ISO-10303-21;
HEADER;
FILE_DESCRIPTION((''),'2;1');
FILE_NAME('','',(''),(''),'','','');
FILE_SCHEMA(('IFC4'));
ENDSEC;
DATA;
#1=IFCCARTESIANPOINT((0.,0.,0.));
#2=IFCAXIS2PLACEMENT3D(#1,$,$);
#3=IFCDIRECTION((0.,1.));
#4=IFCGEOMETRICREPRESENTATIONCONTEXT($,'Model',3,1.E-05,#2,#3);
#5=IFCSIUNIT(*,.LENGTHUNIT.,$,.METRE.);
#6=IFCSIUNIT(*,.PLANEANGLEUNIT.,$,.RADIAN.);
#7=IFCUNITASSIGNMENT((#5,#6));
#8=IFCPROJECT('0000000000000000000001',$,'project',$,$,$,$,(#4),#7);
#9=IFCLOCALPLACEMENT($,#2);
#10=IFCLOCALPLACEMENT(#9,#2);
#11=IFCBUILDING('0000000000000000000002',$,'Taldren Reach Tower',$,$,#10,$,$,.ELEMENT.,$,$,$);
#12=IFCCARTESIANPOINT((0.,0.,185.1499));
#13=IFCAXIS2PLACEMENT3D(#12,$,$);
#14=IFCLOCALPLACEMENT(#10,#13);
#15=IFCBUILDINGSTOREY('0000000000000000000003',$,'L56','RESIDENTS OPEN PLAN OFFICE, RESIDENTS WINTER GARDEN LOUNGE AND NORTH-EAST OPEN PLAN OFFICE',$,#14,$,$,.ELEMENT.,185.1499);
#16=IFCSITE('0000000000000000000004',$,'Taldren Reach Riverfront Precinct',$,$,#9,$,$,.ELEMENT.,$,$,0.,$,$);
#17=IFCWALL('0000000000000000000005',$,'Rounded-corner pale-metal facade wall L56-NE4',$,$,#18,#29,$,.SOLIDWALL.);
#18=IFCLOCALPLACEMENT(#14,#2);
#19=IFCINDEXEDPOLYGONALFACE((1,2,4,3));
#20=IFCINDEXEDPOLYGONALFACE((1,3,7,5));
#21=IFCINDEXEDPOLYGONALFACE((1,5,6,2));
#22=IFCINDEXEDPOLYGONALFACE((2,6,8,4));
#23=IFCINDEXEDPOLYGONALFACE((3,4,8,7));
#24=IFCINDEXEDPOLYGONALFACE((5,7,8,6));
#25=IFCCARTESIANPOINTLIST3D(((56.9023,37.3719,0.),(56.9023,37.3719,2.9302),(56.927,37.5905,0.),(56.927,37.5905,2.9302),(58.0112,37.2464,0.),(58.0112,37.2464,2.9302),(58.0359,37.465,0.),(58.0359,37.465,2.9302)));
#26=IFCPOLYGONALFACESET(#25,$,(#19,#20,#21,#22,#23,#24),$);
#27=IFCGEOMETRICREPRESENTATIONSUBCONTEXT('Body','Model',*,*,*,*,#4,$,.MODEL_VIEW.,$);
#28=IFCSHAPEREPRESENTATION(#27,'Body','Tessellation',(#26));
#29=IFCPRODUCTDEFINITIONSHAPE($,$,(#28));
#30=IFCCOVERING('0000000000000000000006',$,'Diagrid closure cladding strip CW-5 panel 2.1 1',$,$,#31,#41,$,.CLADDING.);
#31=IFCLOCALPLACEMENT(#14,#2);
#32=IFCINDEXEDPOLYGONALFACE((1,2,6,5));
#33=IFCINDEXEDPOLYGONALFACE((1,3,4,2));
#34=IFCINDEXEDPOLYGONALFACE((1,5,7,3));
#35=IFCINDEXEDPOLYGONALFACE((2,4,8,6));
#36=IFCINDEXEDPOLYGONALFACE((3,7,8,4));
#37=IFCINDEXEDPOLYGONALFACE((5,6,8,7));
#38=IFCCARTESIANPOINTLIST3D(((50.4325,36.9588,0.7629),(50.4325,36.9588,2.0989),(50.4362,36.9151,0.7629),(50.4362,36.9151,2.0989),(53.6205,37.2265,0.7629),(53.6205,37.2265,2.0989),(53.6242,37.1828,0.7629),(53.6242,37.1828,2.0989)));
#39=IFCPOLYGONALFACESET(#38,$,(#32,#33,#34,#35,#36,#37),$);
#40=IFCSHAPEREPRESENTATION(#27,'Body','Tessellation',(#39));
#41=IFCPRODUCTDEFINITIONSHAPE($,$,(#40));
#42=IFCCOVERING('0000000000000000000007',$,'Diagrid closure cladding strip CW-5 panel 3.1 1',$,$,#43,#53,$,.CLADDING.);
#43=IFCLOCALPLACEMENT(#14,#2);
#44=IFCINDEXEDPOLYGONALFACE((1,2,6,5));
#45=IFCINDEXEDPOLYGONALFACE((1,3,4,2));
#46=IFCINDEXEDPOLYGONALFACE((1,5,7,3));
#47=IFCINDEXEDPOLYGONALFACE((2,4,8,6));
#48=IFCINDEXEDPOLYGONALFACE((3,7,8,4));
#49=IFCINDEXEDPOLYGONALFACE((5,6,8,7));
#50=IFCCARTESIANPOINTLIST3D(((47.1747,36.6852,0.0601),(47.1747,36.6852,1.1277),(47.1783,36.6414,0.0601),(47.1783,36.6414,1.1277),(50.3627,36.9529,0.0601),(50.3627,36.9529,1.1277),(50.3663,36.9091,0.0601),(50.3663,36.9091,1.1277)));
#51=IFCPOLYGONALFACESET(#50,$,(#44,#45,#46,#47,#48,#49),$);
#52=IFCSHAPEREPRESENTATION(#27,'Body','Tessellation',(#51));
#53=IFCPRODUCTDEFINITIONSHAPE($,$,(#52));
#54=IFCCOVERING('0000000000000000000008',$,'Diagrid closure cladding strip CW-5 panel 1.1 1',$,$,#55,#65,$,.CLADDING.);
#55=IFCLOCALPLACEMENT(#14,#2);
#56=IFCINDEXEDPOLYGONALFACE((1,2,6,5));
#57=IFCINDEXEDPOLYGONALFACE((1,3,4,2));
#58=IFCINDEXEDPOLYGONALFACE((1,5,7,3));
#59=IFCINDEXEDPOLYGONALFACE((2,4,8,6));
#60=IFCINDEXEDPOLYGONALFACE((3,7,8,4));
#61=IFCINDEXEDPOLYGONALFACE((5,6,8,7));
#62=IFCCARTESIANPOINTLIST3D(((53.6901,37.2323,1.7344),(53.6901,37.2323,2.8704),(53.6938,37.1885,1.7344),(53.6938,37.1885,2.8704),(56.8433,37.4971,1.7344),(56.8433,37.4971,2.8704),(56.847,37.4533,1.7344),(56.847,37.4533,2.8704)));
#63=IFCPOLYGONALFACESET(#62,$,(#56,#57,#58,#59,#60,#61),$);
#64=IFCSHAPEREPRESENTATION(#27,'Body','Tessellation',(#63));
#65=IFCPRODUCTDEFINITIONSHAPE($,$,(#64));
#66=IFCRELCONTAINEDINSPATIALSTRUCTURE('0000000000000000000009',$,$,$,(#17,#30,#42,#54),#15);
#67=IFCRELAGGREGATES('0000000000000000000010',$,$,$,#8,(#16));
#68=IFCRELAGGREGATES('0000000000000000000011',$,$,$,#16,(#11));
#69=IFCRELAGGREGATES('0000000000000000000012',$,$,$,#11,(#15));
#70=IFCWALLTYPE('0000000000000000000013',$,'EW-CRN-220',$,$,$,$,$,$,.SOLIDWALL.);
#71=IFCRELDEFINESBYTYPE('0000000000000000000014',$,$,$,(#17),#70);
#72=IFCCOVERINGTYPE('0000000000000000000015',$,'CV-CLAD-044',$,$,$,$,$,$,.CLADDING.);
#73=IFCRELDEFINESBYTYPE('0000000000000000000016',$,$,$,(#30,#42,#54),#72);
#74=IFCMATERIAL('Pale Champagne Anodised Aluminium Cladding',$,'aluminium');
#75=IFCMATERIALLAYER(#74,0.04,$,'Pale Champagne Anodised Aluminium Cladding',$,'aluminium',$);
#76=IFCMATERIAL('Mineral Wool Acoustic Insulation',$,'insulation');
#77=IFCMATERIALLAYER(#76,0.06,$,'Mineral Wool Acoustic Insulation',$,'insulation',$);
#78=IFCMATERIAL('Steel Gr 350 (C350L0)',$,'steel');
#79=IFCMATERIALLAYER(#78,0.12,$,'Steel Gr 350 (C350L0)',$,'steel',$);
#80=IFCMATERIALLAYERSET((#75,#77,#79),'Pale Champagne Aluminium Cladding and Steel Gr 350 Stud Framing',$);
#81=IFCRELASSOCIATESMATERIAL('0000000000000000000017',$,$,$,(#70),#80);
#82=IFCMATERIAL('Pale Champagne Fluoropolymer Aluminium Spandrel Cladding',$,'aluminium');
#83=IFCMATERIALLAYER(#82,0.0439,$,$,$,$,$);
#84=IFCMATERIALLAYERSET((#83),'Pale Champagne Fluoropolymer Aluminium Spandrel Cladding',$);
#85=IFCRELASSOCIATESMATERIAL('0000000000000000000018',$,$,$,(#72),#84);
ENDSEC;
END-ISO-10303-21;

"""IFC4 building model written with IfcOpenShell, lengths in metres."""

from ifc_helpers import new_model, si_unit, direction, frame, frame_2d, origin, origin_2d, place, context, subcontext, project, spatial, rectangle, extrude, source, transform, mapped, material, layer, layer_set, type_object, element, save


model = new_model("IFC4")

# Units and contexts
model_context = context("Model", 3, precision=1e-05, world=origin(), true_north=direction((0.0, 1.0)))
body_context = subcontext(model_context, "Body", "Model", "MODEL_VIEW")
ifc_project = project(units=[si_unit("LENGTHUNIT", "METRE"), si_unit("PLANEANGLEUNIT", "RADIAN")], contexts=[model_context])

# Site, building, storey
site_placement = place(None, origin())
site = spatial("IfcSite", under=ifc_project, at=site_placement, Name="Taldren Reach Riverfront Precinct", CompositionType="ELEMENT", RefElevation=0.0)
building_placement = place(site_placement, origin())
building = spatial("IfcBuilding", under=site, at=building_placement, Name="Taldren Reach Tower", CompositionType="ELEMENT")
storey_placement = place(building_placement, frame((0.0, 0.0, 185.1499)))
storey = spatial("IfcBuildingStorey", under=building, at=storey_placement, Name="L56", Description="RESIDENTS OPEN PLAN OFFICE, RESIDENTS WINTER GARDEN LOUNGE AND NORTH-EAST OPEN PLAN OFFICE", CompositionType="ELEMENT", Elevation=185.1499)

# Shared definitions
ifc_material_1 = material(Name="Steel Gr 350 (C350L0)", Category="steel")

# Wall
ifc_material_2 = material(Name="Pale Champagne Anodised Aluminium Cladding", Category="aluminium")
ifc_layer_1 = layer(ifc_material_2, 0.04, Name="Pale Champagne Anodised Aluminium Cladding", Category="aluminium")
ifc_material_3 = material(Name="Mineral Wool Acoustic Insulation", Category="insulation")
ifc_layer_2 = layer(ifc_material_3, 0.06, Name="Mineral Wool Acoustic Insulation", Category="insulation")
ifc_layer_3 = layer(ifc_material_1, 0.12, Name="Steel Gr 350 (C350L0)", Category="steel")
ifc_layer_set_1 = layer_set([ifc_layer_1, ifc_layer_2, ifc_layer_3], Name="Pale Champagne Aluminium Cladding and Steel Gr 350 Stud Framing")
wall_type = type_object("IfcWallType", Name="EW-CRN-220", PredefinedType="SOLIDWALL", material=ifc_layer_set_1)
shared_shape_1 = source(origin(), body_context, "Body", "SweptSolid", [
    extrude(rectangle(XDim=1.116, YDim=0.22, at=frame_2d((0.5581, 0.0))), origin(), (0.0, 0.0, 1.0), 2.9302),
])
for number, where, z_axis, x_axis, name in (
    (1, (58.0237, 37.3557, 0.0), (0.0, 0.0, 1.0), (-0.993658, 0.112448, 0.0), "Rounded-corner pale-metal facade wall L56-NE4"),
):
    element("IfcWall", number, at=place(storey_placement, frame(where, z_axis=z_axis, x_axis=x_axis)), inside=storey, type_object=wall_type, Name=name, PredefinedType="SOLIDWALL", context=body_context, shape_type="MappedRepresentation", body=[
        mapped(shared_shape_1, transform((0.0, 0.0, 0.0), scale=1.0)),
    ])

# Coverings
ifc_material_4 = material(Name="Pale Champagne Fluoropolymer Aluminium Spandrel Cladding", Category="aluminium")
ifc_layer_4 = layer(ifc_material_4, 0.0439)
ifc_layer_set_2 = layer_set([ifc_layer_4], Name="Pale Champagne Fluoropolymer Aluminium Spandrel Cladding")
covering_type = type_object("IfcCoveringType", Name="CV-CLAD-044", PredefinedType="CLADDING", material=ifc_layer_set_2)
shared_shape_2 = source(origin(), body_context, "Body", "SweptSolid", [
    extrude(rectangle(XDim=3.1992, YDim=0.0439, at=origin_2d()), origin(), (0.0, 0.0, 1.0), 1.3359),
])
covering_1_placement = place(storey_placement, frame((52.0283, 37.0708, 0.7629), z_axis=(0.0, 0.0, 1.0), x_axis=(-0.996493, -0.083678, 0.0)))
element("IfcCovering", 2, at=covering_1_placement, inside=storey, type_object=covering_type, Name="Diagrid closure cladding strip CW-5 panel 2.1 1", PredefinedType="CLADDING", context=body_context, shape_type="MappedRepresentation", body=[
    mapped(shared_shape_2, transform((0.0, 0.0, 0.0), scale=1.0)),
])
shared_shape_3 = source(origin(), body_context, "Body", "SweptSolid", [
    extrude(rectangle(XDim=3.1992, YDim=0.0439, at=origin_2d()), origin(), (0.0, 0.0, 1.0), 1.0676),
])
covering_2_placement = place(storey_placement, frame((48.7705, 36.7971, 0.0601), z_axis=(0.0, 0.0, 1.0), x_axis=(-0.996493, -0.083678, 0.0)))
element("IfcCovering", 3, at=covering_2_placement, inside=storey, type_object=covering_type, Name="Diagrid closure cladding strip CW-5 panel 3.1 1", PredefinedType="CLADDING", context=body_context, shape_type="MappedRepresentation", body=[
    mapped(shared_shape_3, transform((0.0, 0.0, 0.0), scale=1.0)),
])
shared_shape_4 = source(origin(), body_context, "Body", "SweptSolid", [
    extrude(rectangle(XDim=3.1643, YDim=0.0439, at=origin_2d()), origin(), (0.0, 0.0, 1.0), 1.136),
])
covering_3_placement = place(storey_placement, frame((55.2686, 37.3428, 1.7344), z_axis=(0.0, 0.0, 1.0), x_axis=(-0.996493, -0.083678, 0.0)))
element("IfcCovering", 4, at=covering_3_placement, inside=storey, type_object=covering_type, Name="Diagrid closure cladding strip CW-5 panel 1.1 1", PredefinedType="CLADDING", context=body_context, shape_type="MappedRepresentation", body=[
    mapped(shared_shape_4, transform((0.0, 0.0, 0.0), scale=1.0)),
])

save(model, "model.ifc")
